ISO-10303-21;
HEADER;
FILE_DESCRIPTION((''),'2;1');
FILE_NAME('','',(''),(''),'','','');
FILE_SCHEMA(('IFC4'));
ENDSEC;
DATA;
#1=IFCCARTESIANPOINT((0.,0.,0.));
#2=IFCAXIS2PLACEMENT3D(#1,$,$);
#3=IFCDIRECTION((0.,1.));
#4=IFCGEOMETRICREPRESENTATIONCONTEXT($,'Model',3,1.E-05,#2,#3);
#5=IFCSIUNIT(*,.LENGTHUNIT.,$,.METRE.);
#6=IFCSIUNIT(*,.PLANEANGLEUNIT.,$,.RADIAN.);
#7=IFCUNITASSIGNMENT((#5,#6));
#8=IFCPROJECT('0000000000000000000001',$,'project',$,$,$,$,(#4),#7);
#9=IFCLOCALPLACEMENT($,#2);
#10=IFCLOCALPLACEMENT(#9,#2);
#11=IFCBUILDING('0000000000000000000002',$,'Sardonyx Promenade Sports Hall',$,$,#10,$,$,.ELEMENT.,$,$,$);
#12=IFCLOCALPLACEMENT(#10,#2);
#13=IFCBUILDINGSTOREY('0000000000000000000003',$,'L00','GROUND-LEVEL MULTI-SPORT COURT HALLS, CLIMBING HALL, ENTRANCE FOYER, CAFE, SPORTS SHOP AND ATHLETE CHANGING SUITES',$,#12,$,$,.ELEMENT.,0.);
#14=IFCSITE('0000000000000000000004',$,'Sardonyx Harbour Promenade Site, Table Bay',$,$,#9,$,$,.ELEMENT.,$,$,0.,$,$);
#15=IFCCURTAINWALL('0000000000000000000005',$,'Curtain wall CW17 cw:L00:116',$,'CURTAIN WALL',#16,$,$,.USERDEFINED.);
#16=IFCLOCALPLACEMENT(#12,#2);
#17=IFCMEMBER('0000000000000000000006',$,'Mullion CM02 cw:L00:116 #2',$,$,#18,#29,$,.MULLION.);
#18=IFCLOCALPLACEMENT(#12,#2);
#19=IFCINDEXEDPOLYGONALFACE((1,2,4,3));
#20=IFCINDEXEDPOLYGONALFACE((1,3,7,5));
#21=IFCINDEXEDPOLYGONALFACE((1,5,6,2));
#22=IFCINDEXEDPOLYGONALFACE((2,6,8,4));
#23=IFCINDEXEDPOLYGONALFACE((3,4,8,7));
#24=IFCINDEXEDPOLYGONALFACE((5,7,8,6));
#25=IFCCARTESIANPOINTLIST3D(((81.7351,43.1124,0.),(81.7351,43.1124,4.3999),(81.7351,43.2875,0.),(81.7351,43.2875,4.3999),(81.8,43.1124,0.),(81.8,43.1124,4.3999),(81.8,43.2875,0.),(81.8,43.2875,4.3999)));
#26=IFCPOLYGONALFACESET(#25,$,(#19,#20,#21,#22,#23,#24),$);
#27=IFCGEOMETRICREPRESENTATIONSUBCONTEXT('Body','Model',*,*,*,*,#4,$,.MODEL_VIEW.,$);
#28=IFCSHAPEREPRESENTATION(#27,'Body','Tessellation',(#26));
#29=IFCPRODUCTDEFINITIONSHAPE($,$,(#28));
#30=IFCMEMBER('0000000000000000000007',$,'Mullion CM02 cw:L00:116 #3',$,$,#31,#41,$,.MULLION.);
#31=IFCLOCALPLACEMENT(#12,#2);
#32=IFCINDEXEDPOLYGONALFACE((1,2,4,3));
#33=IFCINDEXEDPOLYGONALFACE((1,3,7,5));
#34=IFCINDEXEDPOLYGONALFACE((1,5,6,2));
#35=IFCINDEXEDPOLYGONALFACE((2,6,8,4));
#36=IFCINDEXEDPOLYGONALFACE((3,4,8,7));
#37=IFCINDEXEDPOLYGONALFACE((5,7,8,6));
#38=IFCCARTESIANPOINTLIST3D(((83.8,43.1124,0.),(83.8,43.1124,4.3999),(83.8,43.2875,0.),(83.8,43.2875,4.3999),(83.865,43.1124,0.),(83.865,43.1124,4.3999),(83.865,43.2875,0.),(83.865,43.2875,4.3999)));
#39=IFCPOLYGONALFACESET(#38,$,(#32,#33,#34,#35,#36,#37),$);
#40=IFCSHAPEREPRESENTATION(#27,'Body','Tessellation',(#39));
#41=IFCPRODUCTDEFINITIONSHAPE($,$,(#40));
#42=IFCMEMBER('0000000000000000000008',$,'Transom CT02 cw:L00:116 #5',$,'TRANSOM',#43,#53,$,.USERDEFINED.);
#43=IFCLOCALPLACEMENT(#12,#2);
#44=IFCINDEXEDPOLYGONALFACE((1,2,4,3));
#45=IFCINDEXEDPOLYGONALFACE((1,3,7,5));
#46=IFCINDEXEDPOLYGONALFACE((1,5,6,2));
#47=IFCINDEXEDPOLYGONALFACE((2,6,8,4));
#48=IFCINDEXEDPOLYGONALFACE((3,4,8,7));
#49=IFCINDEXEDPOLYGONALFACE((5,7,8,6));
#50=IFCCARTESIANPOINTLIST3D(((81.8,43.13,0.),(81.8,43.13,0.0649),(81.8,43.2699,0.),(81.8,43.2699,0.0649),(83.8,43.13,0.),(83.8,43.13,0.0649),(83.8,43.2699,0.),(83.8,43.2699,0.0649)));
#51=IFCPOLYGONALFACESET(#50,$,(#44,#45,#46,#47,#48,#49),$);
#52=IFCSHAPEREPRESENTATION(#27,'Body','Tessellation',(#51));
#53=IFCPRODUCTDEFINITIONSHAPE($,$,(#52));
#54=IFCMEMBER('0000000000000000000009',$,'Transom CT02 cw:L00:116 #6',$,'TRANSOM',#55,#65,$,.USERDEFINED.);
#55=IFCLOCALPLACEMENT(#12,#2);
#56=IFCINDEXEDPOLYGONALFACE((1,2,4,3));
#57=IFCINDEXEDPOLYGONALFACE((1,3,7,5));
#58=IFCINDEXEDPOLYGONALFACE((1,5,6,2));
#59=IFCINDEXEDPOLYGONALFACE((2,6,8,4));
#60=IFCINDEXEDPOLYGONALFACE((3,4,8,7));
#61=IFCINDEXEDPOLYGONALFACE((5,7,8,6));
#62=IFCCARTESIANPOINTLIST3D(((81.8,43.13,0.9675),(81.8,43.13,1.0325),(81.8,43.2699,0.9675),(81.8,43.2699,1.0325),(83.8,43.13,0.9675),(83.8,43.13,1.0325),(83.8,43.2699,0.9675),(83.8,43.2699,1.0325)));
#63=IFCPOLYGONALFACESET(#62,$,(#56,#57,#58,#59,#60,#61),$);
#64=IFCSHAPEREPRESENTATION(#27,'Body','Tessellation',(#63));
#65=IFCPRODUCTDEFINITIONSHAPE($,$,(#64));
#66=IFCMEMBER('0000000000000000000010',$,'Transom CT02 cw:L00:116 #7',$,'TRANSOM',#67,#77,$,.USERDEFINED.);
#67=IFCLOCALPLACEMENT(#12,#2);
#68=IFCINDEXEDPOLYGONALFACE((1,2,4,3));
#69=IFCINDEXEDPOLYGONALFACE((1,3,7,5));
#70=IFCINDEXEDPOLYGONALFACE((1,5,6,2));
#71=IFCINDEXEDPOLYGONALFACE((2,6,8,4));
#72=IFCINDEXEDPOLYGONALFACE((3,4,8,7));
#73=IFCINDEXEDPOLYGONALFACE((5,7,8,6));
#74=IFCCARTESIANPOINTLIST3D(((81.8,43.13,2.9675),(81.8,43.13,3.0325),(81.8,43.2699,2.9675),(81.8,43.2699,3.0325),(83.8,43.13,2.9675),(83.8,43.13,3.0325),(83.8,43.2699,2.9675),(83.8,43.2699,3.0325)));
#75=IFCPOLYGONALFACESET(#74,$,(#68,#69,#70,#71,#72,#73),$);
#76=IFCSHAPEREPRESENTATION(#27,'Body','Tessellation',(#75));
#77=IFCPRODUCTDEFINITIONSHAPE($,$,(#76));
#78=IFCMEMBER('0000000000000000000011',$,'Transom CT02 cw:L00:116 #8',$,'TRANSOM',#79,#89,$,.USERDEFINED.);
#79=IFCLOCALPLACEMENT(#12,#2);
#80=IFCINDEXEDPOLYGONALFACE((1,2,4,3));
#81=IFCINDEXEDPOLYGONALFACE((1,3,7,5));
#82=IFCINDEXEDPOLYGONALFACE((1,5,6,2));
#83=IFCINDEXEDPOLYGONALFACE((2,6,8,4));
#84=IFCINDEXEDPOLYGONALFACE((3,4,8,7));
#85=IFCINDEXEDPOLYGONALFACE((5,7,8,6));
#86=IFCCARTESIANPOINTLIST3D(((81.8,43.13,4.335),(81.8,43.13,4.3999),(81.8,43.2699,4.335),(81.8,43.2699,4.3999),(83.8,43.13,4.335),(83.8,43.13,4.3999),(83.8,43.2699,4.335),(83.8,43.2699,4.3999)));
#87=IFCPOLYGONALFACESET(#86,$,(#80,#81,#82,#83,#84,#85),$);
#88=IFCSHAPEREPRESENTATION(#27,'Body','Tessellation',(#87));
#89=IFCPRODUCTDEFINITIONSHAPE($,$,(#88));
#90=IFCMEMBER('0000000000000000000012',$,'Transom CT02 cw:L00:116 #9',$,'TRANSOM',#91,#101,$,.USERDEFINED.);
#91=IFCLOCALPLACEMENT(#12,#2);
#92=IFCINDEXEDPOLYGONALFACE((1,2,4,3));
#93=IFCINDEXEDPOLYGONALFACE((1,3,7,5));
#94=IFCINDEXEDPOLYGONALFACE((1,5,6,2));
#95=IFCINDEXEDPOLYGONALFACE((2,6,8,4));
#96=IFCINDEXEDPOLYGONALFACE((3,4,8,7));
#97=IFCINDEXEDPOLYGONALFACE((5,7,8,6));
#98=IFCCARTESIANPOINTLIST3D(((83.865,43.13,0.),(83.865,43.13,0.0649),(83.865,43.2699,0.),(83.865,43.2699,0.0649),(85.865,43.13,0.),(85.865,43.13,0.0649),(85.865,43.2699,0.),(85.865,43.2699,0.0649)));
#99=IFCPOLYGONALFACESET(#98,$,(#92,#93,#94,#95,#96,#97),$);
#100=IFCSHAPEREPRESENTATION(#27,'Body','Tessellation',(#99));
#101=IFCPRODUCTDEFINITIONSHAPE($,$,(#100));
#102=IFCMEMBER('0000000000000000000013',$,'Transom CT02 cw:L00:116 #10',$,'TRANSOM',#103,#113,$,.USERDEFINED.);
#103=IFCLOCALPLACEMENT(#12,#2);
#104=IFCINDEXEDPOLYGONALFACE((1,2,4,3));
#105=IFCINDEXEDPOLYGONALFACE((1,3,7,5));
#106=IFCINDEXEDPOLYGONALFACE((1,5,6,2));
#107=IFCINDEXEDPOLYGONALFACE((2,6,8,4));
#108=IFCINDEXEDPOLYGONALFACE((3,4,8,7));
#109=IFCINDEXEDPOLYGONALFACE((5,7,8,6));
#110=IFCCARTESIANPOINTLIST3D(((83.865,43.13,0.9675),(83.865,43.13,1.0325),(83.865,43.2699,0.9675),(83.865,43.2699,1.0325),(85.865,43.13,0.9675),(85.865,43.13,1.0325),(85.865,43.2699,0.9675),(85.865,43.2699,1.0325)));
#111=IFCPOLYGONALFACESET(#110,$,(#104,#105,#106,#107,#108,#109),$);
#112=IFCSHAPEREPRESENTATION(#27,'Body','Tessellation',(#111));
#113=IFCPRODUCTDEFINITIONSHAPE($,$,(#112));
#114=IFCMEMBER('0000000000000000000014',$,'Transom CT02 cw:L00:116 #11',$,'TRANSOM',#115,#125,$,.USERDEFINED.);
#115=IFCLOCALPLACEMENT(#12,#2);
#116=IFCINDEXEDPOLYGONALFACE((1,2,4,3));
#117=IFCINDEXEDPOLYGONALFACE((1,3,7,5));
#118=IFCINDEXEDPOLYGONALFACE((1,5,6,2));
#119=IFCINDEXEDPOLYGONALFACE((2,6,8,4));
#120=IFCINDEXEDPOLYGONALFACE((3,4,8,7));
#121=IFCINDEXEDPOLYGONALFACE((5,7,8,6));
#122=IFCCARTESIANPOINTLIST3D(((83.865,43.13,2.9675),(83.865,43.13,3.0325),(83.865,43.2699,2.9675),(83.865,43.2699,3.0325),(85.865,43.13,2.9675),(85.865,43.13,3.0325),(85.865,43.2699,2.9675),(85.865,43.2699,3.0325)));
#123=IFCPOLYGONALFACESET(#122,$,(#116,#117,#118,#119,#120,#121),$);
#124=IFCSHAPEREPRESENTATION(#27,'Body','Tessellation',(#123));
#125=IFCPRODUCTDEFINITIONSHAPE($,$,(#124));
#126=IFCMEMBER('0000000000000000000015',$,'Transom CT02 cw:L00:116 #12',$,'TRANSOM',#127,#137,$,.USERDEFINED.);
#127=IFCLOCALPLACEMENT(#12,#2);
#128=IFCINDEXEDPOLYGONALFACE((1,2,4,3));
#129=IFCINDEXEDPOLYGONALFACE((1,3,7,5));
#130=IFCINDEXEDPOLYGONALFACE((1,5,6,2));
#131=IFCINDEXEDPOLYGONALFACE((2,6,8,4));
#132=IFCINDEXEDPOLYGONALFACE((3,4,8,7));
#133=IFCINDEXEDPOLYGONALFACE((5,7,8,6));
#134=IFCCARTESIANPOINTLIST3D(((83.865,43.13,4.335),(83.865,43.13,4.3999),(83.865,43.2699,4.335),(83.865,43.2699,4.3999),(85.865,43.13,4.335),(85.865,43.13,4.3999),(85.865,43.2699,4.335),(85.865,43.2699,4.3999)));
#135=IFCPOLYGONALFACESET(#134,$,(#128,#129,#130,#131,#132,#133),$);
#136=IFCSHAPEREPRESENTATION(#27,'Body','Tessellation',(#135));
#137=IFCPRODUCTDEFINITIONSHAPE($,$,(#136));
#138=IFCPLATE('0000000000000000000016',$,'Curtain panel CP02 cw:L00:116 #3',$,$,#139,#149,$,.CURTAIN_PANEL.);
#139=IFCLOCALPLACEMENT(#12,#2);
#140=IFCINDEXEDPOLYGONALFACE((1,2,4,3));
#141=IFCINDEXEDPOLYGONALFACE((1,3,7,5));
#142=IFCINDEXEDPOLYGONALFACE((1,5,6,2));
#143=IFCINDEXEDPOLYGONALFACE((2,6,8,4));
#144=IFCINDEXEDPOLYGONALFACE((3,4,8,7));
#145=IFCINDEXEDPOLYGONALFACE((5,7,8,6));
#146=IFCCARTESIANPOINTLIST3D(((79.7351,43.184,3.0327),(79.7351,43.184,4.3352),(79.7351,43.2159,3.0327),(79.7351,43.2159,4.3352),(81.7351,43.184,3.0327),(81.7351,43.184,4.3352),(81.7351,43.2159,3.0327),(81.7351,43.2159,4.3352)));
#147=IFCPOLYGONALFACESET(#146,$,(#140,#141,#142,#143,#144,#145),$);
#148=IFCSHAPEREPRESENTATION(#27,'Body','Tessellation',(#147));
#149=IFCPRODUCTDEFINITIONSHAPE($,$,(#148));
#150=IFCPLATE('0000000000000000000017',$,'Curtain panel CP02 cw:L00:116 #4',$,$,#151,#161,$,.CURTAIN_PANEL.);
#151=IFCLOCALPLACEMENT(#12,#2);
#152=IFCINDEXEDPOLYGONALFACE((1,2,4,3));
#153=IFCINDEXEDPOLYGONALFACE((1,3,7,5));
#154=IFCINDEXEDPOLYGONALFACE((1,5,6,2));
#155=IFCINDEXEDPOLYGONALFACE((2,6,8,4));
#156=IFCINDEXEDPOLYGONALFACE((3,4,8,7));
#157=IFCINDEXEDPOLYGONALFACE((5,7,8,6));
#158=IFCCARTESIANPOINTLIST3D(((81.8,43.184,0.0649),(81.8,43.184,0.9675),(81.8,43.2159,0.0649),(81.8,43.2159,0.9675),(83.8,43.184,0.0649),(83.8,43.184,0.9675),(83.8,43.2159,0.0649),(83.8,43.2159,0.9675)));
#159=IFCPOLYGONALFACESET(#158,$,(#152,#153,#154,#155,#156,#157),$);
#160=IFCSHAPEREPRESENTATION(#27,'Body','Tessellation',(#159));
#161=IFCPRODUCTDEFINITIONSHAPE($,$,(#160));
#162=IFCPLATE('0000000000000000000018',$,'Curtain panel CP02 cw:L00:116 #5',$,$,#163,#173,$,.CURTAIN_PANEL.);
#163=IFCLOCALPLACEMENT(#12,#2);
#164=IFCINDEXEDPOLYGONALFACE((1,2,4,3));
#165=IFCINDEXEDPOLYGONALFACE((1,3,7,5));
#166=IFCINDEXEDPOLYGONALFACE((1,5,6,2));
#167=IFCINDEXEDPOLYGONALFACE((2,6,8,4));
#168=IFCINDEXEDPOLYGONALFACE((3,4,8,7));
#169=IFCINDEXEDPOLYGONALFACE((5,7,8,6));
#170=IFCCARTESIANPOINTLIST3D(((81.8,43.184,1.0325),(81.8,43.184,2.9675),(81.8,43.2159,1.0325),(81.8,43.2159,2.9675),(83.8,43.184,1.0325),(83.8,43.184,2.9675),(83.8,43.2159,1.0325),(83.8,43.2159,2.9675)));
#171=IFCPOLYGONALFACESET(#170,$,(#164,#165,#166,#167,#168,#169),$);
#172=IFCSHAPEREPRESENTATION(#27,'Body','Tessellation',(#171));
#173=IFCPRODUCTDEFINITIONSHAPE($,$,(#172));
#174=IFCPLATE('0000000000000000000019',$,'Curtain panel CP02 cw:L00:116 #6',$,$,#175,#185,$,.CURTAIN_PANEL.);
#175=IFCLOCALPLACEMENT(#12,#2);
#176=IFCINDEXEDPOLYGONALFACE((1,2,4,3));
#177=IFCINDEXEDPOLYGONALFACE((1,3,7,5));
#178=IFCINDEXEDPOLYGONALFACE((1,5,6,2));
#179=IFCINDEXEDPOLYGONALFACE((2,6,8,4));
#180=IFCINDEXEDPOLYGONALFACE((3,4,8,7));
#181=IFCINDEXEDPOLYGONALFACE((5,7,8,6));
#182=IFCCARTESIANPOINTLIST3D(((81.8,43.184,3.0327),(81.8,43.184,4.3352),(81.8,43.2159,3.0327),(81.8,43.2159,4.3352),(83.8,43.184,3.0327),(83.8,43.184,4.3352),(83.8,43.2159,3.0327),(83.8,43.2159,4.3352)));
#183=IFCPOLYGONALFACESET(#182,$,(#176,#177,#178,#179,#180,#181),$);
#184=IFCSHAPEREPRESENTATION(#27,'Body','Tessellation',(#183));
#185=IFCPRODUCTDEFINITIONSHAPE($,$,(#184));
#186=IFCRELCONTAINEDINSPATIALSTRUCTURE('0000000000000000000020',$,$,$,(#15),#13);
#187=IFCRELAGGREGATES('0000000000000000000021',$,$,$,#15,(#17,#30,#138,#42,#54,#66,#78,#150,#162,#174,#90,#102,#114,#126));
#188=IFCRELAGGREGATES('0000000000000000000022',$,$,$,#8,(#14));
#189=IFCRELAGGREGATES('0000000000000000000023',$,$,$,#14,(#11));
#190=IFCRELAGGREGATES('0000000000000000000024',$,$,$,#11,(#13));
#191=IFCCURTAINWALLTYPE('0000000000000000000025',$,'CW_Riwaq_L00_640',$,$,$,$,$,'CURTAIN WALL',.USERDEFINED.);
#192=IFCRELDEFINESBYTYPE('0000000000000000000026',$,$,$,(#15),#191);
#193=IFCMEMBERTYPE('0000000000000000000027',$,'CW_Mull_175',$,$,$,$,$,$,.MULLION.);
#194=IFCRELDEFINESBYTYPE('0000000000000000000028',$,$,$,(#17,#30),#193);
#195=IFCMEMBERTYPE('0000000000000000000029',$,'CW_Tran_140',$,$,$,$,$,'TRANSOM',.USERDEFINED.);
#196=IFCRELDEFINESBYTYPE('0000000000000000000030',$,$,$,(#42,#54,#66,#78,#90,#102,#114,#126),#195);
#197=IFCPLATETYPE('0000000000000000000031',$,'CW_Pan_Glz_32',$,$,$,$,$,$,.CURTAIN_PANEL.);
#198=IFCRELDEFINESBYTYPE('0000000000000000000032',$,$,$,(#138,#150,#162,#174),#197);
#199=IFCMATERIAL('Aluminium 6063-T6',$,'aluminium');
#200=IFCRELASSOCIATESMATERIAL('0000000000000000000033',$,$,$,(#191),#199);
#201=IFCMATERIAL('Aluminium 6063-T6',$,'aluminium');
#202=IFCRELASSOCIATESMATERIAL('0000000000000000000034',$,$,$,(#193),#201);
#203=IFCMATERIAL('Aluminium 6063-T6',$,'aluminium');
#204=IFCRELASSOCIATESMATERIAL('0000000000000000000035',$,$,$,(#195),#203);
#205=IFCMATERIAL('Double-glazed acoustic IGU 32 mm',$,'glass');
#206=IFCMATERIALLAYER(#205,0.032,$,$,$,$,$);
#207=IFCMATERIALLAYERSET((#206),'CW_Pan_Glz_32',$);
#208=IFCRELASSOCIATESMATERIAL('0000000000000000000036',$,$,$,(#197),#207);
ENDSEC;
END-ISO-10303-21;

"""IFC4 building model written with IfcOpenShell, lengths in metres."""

from ifc_helpers import new_model, si_unit, direction, frame, origin, origin_2d, place, context, subcontext, project, spatial, rectangle, extrude, material, layer, layer_set, material_profile, profile_set, type_object, element, aggregate, save


model = new_model("IFC4")

# Units and contexts
model_context = context("Model", 3, precision=1e-05, world=origin(), true_north=direction((0.0, 1.0)))
body_context = subcontext(model_context, "Body", "Model", "MODEL_VIEW")
ifc_project = project(units=[si_unit("LENGTHUNIT", "METRE"), si_unit("PLANEANGLEUNIT", "RADIAN")], contexts=[model_context])

# Site, building, storey
site_placement = place(None, origin())
site = spatial("IfcSite", under=ifc_project, at=site_placement, Name="Sardonyx Harbour Promenade Site, Table Bay", CompositionType="ELEMENT", RefElevation=0.0)
building_placement = place(site_placement, origin())
building = spatial("IfcBuilding", under=site, at=building_placement, Name="Sardonyx Promenade Sports Hall", CompositionType="ELEMENT")
storey_placement = place(building_placement, origin())
storey = spatial("IfcBuildingStorey", under=building, at=storey_placement, Name="L00", Description="GROUND-LEVEL MULTI-SPORT COURT HALLS, CLIMBING HALL, ENTRANCE FOYER, CAFE, SPORTS SHOP AND ATHLETE CHANGING SUITES", CompositionType="ELEMENT", Elevation=0.0)

# Curtain wall, members, plates
ifc_material_1 = material(Name="Aluminium 6063-T6", Category="aluminium")
curtain_wall_type = type_object("IfcCurtainWallType", Name="CW_Riwaq_L00_640", ElementType="CURTAIN WALL", PredefinedType="USERDEFINED", material=ifc_material_1)
curtain_wall_placement = place(storey_placement, origin())
curtain_wall = element("IfcCurtainWall", 1, at=curtain_wall_placement, inside=storey, type_object=curtain_wall_type, Name="Curtain wall CW17 cw:L00:116", ObjectType="CURTAIN WALL", PredefinedType="USERDEFINED")
ifc_material_2 = material(Name="Aluminium 6063-T6", Category="aluminium")
ifc_material_profile_1 = material_profile(ifc_material_2, rectangle(XDim=0.0649, YDim=0.175, at=origin_2d()))
ifc_profile_set_1 = profile_set([ifc_material_profile_1], Name="Aluminium 6063-T6")
member_type_1 = type_object("IfcMemberType", Name="CW_Mull_175", PredefinedType="MULLION", material=ifc_profile_set_1)
member_1_placement = place(storey_placement, frame((81.7676, 43.2, 0.0), z_axis=(0.0, 0.0, 1.0), x_axis=(1.0, 0.0, 0.0)))
member_1 = element("IfcMember", 2, at=member_1_placement, type_object=member_type_1, Name="Mullion CM02 cw:L00:116 #2", PredefinedType="MULLION", context=body_context, shape_type="SweptSolid", body=[
    extrude(rectangle(XDim=0.0649, YDim=0.175, at=origin_2d()), origin(), (0.0, 0.0, 1.0), 4.3999),
])
member_2_placement = place(storey_placement, frame((83.8325, 43.2, 0.0), z_axis=(0.0, 0.0, 1.0), x_axis=(1.0, 0.0, 0.0)))
member_2 = element("IfcMember", 3, at=member_2_placement, type_object=member_type_1, Name="Mullion CM02 cw:L00:116 #3", PredefinedType="MULLION", context=body_context, shape_type="SweptSolid", body=[
    extrude(rectangle(XDim=0.0649, YDim=0.175, at=origin_2d()), origin(), (0.0, 0.0, 1.0), 4.3999),
])
ifc_material_3 = material(Name="Aluminium 6063-T6", Category="aluminium")
ifc_material_profile_2 = material_profile(ifc_material_3, rectangle(XDim=0.0649, YDim=0.1399, at=origin_2d()))
ifc_profile_set_2 = profile_set([ifc_material_profile_2], Name="Aluminium 6063-T6")
member_type_2 = type_object("IfcMemberType", Name="CW_Tran_140", ElementType="TRANSOM", PredefinedType="USERDEFINED", material=ifc_profile_set_2)
member_3_placement = place(storey_placement, frame((81.8, 43.2, 0.0325), z_axis=(1.0, 0.0, 0.0), x_axis=(0.0, 0.0, 1.0)))
member_3 = element("IfcMember", 4, at=member_3_placement, type_object=member_type_2, Name="Transom CT02 cw:L00:116 #5", ObjectType="TRANSOM", PredefinedType="USERDEFINED", context=body_context, shape_type="SweptSolid", body=[
    extrude(rectangle(XDim=0.0649, YDim=0.1399, at=origin_2d()), origin(), (0.0, 0.0, 1.0), 2.0),
])
member_4_placement = place(storey_placement, frame((81.8, 43.2, 1.0), z_axis=(1.0, 0.0, 0.0), x_axis=(0.0, 0.0, 1.0)))
member_4 = element("IfcMember", 5, at=member_4_placement, type_object=member_type_2, Name="Transom CT02 cw:L00:116 #6", ObjectType="TRANSOM", PredefinedType="USERDEFINED", context=body_context, shape_type="SweptSolid", body=[
    extrude(rectangle(XDim=0.0649, YDim=0.1399, at=origin_2d()), origin(), (0.0, 0.0, 1.0), 2.0),
])
member_5_placement = place(storey_placement, frame((81.8, 43.2, 3.0), z_axis=(1.0, 0.0, 0.0), x_axis=(0.0, 0.0, 1.0)))
member_5 = element("IfcMember", 6, at=member_5_placement, type_object=member_type_2, Name="Transom CT02 cw:L00:116 #7", ObjectType="TRANSOM", PredefinedType="USERDEFINED", context=body_context, shape_type="SweptSolid", body=[
    extrude(rectangle(XDim=0.0649, YDim=0.1399, at=origin_2d()), origin(), (0.0, 0.0, 1.0), 2.0),
])
member_6_placement = place(storey_placement, frame((81.8, 43.2, 4.3674), z_axis=(1.0, 0.0, 0.0), x_axis=(0.0, 0.0, 1.0)))
member_6 = element("IfcMember", 7, at=member_6_placement, type_object=member_type_2, Name="Transom CT02 cw:L00:116 #8", ObjectType="TRANSOM", PredefinedType="USERDEFINED", context=body_context, shape_type="SweptSolid", body=[
    extrude(rectangle(XDim=0.0649, YDim=0.1399, at=origin_2d()), origin(), (0.0, 0.0, 1.0), 2.0),
])
member_7_placement = place(storey_placement, frame((83.865, 43.2, 0.0325), z_axis=(1.0, 0.0, 0.0), x_axis=(0.0, 0.0, 1.0)))
member_7 = element("IfcMember", 8, at=member_7_placement, type_object=member_type_2, Name="Transom CT02 cw:L00:116 #9", ObjectType="TRANSOM", PredefinedType="USERDEFINED", context=body_context, shape_type="SweptSolid", body=[
    extrude(rectangle(XDim=0.0649, YDim=0.1399, at=origin_2d()), origin(), (0.0, 0.0, 1.0), 2.0),
])
member_8_placement = place(storey_placement, frame((83.865, 43.2, 1.0), z_axis=(1.0, 0.0, 0.0), x_axis=(0.0, 0.0, 1.0)))
member_8 = element("IfcMember", 9, at=member_8_placement, type_object=member_type_2, Name="Transom CT02 cw:L00:116 #10", ObjectType="TRANSOM", PredefinedType="USERDEFINED", context=body_context, shape_type="SweptSolid", body=[
    extrude(rectangle(XDim=0.0649, YDim=0.1399, at=origin_2d()), origin(), (0.0, 0.0, 1.0), 2.0),
])
member_9_placement = place(storey_placement, frame((83.865, 43.2, 3.0), z_axis=(1.0, 0.0, 0.0), x_axis=(0.0, 0.0, 1.0)))
member_9 = element("IfcMember", 10, at=member_9_placement, type_object=member_type_2, Name="Transom CT02 cw:L00:116 #11", ObjectType="TRANSOM", PredefinedType="USERDEFINED", context=body_context, shape_type="SweptSolid", body=[
    extrude(rectangle(XDim=0.0649, YDim=0.1399, at=origin_2d()), origin(), (0.0, 0.0, 1.0), 2.0),
])
member_10_placement = place(storey_placement, frame((83.865, 43.2, 4.3674), z_axis=(1.0, 0.0, 0.0), x_axis=(0.0, 0.0, 1.0)))
member_10 = element("IfcMember", 11, at=member_10_placement, type_object=member_type_2, Name="Transom CT02 cw:L00:116 #12", ObjectType="TRANSOM", PredefinedType="USERDEFINED", context=body_context, shape_type="SweptSolid", body=[
    extrude(rectangle(XDim=0.0649, YDim=0.1399, at=origin_2d()), origin(), (0.0, 0.0, 1.0), 2.0),
])
ifc_material_4 = material(Name="Double-glazed acoustic IGU 32 mm", Category="glass")
ifc_layer_1 = layer(ifc_material_4, 0.032)
ifc_layer_set_1 = layer_set([ifc_layer_1], Name="CW_Pan_Glz_32")
plate_type = type_object("IfcPlateType", Name="CW_Pan_Glz_32", PredefinedType="CURTAIN_PANEL", material=ifc_layer_set_1)
plate_1_placement = place(storey_placement, frame((80.7351, 43.2, 3.0327), z_axis=(0.0, 0.0, 1.0), x_axis=(1.0, 0.0, 0.0)))
plate_1 = element("IfcPlate", 12, at=plate_1_placement, type_object=plate_type, Name="Curtain panel CP02 cw:L00:116 #3", PredefinedType="CURTAIN_PANEL", context=body_context, shape_type="SweptSolid", body=[
    extrude(rectangle(XDim=2.0, YDim=0.032, at=origin_2d()), origin(), (0.0, 0.0, 1.0), 1.3025),
])
plate_2_placement = place(storey_placement, frame((82.8, 43.2, 0.0649), z_axis=(0.0, 0.0, 1.0), x_axis=(1.0, 0.0, 0.0)))
plate_2 = element("IfcPlate", 13, at=plate_2_placement, type_object=plate_type, Name="Curtain panel CP02 cw:L00:116 #4", PredefinedType="CURTAIN_PANEL", context=body_context, shape_type="SweptSolid", body=[
    extrude(rectangle(XDim=2.0, YDim=0.032, at=origin_2d()), origin(), (0.0, 0.0, 1.0), 0.9026),
])
plate_3_placement = place(storey_placement, frame((82.8, 43.2, 1.0325), z_axis=(0.0, 0.0, 1.0), x_axis=(1.0, 0.0, 0.0)))
plate_3 = element("IfcPlate", 14, at=plate_3_placement, type_object=plate_type, Name="Curtain panel CP02 cw:L00:116 #5", PredefinedType="CURTAIN_PANEL", context=body_context, shape_type="SweptSolid", body=[
    extrude(rectangle(XDim=2.0, YDim=0.032, at=origin_2d()), origin(), (0.0, 0.0, 1.0), 1.9351),
])
plate_4_placement = place(storey_placement, frame((82.8, 43.2, 3.0327), z_axis=(0.0, 0.0, 1.0), x_axis=(1.0, 0.0, 0.0)))
plate_4 = element("IfcPlate", 15, at=plate_4_placement, type_object=plate_type, Name="Curtain panel CP02 cw:L00:116 #6", PredefinedType="CURTAIN_PANEL", context=body_context, shape_type="SweptSolid", body=[
    extrude(rectangle(XDim=2.0, YDim=0.032, at=origin_2d()), origin(), (0.0, 0.0, 1.0), 1.3025),
])
aggregate(curtain_wall, [member_1, member_2, plate_1, member_3, member_4, member_5, member_6, plate_2, plate_3, plate_4, member_7, member_8, member_9, member_10])

save(model, "model.ifc")
